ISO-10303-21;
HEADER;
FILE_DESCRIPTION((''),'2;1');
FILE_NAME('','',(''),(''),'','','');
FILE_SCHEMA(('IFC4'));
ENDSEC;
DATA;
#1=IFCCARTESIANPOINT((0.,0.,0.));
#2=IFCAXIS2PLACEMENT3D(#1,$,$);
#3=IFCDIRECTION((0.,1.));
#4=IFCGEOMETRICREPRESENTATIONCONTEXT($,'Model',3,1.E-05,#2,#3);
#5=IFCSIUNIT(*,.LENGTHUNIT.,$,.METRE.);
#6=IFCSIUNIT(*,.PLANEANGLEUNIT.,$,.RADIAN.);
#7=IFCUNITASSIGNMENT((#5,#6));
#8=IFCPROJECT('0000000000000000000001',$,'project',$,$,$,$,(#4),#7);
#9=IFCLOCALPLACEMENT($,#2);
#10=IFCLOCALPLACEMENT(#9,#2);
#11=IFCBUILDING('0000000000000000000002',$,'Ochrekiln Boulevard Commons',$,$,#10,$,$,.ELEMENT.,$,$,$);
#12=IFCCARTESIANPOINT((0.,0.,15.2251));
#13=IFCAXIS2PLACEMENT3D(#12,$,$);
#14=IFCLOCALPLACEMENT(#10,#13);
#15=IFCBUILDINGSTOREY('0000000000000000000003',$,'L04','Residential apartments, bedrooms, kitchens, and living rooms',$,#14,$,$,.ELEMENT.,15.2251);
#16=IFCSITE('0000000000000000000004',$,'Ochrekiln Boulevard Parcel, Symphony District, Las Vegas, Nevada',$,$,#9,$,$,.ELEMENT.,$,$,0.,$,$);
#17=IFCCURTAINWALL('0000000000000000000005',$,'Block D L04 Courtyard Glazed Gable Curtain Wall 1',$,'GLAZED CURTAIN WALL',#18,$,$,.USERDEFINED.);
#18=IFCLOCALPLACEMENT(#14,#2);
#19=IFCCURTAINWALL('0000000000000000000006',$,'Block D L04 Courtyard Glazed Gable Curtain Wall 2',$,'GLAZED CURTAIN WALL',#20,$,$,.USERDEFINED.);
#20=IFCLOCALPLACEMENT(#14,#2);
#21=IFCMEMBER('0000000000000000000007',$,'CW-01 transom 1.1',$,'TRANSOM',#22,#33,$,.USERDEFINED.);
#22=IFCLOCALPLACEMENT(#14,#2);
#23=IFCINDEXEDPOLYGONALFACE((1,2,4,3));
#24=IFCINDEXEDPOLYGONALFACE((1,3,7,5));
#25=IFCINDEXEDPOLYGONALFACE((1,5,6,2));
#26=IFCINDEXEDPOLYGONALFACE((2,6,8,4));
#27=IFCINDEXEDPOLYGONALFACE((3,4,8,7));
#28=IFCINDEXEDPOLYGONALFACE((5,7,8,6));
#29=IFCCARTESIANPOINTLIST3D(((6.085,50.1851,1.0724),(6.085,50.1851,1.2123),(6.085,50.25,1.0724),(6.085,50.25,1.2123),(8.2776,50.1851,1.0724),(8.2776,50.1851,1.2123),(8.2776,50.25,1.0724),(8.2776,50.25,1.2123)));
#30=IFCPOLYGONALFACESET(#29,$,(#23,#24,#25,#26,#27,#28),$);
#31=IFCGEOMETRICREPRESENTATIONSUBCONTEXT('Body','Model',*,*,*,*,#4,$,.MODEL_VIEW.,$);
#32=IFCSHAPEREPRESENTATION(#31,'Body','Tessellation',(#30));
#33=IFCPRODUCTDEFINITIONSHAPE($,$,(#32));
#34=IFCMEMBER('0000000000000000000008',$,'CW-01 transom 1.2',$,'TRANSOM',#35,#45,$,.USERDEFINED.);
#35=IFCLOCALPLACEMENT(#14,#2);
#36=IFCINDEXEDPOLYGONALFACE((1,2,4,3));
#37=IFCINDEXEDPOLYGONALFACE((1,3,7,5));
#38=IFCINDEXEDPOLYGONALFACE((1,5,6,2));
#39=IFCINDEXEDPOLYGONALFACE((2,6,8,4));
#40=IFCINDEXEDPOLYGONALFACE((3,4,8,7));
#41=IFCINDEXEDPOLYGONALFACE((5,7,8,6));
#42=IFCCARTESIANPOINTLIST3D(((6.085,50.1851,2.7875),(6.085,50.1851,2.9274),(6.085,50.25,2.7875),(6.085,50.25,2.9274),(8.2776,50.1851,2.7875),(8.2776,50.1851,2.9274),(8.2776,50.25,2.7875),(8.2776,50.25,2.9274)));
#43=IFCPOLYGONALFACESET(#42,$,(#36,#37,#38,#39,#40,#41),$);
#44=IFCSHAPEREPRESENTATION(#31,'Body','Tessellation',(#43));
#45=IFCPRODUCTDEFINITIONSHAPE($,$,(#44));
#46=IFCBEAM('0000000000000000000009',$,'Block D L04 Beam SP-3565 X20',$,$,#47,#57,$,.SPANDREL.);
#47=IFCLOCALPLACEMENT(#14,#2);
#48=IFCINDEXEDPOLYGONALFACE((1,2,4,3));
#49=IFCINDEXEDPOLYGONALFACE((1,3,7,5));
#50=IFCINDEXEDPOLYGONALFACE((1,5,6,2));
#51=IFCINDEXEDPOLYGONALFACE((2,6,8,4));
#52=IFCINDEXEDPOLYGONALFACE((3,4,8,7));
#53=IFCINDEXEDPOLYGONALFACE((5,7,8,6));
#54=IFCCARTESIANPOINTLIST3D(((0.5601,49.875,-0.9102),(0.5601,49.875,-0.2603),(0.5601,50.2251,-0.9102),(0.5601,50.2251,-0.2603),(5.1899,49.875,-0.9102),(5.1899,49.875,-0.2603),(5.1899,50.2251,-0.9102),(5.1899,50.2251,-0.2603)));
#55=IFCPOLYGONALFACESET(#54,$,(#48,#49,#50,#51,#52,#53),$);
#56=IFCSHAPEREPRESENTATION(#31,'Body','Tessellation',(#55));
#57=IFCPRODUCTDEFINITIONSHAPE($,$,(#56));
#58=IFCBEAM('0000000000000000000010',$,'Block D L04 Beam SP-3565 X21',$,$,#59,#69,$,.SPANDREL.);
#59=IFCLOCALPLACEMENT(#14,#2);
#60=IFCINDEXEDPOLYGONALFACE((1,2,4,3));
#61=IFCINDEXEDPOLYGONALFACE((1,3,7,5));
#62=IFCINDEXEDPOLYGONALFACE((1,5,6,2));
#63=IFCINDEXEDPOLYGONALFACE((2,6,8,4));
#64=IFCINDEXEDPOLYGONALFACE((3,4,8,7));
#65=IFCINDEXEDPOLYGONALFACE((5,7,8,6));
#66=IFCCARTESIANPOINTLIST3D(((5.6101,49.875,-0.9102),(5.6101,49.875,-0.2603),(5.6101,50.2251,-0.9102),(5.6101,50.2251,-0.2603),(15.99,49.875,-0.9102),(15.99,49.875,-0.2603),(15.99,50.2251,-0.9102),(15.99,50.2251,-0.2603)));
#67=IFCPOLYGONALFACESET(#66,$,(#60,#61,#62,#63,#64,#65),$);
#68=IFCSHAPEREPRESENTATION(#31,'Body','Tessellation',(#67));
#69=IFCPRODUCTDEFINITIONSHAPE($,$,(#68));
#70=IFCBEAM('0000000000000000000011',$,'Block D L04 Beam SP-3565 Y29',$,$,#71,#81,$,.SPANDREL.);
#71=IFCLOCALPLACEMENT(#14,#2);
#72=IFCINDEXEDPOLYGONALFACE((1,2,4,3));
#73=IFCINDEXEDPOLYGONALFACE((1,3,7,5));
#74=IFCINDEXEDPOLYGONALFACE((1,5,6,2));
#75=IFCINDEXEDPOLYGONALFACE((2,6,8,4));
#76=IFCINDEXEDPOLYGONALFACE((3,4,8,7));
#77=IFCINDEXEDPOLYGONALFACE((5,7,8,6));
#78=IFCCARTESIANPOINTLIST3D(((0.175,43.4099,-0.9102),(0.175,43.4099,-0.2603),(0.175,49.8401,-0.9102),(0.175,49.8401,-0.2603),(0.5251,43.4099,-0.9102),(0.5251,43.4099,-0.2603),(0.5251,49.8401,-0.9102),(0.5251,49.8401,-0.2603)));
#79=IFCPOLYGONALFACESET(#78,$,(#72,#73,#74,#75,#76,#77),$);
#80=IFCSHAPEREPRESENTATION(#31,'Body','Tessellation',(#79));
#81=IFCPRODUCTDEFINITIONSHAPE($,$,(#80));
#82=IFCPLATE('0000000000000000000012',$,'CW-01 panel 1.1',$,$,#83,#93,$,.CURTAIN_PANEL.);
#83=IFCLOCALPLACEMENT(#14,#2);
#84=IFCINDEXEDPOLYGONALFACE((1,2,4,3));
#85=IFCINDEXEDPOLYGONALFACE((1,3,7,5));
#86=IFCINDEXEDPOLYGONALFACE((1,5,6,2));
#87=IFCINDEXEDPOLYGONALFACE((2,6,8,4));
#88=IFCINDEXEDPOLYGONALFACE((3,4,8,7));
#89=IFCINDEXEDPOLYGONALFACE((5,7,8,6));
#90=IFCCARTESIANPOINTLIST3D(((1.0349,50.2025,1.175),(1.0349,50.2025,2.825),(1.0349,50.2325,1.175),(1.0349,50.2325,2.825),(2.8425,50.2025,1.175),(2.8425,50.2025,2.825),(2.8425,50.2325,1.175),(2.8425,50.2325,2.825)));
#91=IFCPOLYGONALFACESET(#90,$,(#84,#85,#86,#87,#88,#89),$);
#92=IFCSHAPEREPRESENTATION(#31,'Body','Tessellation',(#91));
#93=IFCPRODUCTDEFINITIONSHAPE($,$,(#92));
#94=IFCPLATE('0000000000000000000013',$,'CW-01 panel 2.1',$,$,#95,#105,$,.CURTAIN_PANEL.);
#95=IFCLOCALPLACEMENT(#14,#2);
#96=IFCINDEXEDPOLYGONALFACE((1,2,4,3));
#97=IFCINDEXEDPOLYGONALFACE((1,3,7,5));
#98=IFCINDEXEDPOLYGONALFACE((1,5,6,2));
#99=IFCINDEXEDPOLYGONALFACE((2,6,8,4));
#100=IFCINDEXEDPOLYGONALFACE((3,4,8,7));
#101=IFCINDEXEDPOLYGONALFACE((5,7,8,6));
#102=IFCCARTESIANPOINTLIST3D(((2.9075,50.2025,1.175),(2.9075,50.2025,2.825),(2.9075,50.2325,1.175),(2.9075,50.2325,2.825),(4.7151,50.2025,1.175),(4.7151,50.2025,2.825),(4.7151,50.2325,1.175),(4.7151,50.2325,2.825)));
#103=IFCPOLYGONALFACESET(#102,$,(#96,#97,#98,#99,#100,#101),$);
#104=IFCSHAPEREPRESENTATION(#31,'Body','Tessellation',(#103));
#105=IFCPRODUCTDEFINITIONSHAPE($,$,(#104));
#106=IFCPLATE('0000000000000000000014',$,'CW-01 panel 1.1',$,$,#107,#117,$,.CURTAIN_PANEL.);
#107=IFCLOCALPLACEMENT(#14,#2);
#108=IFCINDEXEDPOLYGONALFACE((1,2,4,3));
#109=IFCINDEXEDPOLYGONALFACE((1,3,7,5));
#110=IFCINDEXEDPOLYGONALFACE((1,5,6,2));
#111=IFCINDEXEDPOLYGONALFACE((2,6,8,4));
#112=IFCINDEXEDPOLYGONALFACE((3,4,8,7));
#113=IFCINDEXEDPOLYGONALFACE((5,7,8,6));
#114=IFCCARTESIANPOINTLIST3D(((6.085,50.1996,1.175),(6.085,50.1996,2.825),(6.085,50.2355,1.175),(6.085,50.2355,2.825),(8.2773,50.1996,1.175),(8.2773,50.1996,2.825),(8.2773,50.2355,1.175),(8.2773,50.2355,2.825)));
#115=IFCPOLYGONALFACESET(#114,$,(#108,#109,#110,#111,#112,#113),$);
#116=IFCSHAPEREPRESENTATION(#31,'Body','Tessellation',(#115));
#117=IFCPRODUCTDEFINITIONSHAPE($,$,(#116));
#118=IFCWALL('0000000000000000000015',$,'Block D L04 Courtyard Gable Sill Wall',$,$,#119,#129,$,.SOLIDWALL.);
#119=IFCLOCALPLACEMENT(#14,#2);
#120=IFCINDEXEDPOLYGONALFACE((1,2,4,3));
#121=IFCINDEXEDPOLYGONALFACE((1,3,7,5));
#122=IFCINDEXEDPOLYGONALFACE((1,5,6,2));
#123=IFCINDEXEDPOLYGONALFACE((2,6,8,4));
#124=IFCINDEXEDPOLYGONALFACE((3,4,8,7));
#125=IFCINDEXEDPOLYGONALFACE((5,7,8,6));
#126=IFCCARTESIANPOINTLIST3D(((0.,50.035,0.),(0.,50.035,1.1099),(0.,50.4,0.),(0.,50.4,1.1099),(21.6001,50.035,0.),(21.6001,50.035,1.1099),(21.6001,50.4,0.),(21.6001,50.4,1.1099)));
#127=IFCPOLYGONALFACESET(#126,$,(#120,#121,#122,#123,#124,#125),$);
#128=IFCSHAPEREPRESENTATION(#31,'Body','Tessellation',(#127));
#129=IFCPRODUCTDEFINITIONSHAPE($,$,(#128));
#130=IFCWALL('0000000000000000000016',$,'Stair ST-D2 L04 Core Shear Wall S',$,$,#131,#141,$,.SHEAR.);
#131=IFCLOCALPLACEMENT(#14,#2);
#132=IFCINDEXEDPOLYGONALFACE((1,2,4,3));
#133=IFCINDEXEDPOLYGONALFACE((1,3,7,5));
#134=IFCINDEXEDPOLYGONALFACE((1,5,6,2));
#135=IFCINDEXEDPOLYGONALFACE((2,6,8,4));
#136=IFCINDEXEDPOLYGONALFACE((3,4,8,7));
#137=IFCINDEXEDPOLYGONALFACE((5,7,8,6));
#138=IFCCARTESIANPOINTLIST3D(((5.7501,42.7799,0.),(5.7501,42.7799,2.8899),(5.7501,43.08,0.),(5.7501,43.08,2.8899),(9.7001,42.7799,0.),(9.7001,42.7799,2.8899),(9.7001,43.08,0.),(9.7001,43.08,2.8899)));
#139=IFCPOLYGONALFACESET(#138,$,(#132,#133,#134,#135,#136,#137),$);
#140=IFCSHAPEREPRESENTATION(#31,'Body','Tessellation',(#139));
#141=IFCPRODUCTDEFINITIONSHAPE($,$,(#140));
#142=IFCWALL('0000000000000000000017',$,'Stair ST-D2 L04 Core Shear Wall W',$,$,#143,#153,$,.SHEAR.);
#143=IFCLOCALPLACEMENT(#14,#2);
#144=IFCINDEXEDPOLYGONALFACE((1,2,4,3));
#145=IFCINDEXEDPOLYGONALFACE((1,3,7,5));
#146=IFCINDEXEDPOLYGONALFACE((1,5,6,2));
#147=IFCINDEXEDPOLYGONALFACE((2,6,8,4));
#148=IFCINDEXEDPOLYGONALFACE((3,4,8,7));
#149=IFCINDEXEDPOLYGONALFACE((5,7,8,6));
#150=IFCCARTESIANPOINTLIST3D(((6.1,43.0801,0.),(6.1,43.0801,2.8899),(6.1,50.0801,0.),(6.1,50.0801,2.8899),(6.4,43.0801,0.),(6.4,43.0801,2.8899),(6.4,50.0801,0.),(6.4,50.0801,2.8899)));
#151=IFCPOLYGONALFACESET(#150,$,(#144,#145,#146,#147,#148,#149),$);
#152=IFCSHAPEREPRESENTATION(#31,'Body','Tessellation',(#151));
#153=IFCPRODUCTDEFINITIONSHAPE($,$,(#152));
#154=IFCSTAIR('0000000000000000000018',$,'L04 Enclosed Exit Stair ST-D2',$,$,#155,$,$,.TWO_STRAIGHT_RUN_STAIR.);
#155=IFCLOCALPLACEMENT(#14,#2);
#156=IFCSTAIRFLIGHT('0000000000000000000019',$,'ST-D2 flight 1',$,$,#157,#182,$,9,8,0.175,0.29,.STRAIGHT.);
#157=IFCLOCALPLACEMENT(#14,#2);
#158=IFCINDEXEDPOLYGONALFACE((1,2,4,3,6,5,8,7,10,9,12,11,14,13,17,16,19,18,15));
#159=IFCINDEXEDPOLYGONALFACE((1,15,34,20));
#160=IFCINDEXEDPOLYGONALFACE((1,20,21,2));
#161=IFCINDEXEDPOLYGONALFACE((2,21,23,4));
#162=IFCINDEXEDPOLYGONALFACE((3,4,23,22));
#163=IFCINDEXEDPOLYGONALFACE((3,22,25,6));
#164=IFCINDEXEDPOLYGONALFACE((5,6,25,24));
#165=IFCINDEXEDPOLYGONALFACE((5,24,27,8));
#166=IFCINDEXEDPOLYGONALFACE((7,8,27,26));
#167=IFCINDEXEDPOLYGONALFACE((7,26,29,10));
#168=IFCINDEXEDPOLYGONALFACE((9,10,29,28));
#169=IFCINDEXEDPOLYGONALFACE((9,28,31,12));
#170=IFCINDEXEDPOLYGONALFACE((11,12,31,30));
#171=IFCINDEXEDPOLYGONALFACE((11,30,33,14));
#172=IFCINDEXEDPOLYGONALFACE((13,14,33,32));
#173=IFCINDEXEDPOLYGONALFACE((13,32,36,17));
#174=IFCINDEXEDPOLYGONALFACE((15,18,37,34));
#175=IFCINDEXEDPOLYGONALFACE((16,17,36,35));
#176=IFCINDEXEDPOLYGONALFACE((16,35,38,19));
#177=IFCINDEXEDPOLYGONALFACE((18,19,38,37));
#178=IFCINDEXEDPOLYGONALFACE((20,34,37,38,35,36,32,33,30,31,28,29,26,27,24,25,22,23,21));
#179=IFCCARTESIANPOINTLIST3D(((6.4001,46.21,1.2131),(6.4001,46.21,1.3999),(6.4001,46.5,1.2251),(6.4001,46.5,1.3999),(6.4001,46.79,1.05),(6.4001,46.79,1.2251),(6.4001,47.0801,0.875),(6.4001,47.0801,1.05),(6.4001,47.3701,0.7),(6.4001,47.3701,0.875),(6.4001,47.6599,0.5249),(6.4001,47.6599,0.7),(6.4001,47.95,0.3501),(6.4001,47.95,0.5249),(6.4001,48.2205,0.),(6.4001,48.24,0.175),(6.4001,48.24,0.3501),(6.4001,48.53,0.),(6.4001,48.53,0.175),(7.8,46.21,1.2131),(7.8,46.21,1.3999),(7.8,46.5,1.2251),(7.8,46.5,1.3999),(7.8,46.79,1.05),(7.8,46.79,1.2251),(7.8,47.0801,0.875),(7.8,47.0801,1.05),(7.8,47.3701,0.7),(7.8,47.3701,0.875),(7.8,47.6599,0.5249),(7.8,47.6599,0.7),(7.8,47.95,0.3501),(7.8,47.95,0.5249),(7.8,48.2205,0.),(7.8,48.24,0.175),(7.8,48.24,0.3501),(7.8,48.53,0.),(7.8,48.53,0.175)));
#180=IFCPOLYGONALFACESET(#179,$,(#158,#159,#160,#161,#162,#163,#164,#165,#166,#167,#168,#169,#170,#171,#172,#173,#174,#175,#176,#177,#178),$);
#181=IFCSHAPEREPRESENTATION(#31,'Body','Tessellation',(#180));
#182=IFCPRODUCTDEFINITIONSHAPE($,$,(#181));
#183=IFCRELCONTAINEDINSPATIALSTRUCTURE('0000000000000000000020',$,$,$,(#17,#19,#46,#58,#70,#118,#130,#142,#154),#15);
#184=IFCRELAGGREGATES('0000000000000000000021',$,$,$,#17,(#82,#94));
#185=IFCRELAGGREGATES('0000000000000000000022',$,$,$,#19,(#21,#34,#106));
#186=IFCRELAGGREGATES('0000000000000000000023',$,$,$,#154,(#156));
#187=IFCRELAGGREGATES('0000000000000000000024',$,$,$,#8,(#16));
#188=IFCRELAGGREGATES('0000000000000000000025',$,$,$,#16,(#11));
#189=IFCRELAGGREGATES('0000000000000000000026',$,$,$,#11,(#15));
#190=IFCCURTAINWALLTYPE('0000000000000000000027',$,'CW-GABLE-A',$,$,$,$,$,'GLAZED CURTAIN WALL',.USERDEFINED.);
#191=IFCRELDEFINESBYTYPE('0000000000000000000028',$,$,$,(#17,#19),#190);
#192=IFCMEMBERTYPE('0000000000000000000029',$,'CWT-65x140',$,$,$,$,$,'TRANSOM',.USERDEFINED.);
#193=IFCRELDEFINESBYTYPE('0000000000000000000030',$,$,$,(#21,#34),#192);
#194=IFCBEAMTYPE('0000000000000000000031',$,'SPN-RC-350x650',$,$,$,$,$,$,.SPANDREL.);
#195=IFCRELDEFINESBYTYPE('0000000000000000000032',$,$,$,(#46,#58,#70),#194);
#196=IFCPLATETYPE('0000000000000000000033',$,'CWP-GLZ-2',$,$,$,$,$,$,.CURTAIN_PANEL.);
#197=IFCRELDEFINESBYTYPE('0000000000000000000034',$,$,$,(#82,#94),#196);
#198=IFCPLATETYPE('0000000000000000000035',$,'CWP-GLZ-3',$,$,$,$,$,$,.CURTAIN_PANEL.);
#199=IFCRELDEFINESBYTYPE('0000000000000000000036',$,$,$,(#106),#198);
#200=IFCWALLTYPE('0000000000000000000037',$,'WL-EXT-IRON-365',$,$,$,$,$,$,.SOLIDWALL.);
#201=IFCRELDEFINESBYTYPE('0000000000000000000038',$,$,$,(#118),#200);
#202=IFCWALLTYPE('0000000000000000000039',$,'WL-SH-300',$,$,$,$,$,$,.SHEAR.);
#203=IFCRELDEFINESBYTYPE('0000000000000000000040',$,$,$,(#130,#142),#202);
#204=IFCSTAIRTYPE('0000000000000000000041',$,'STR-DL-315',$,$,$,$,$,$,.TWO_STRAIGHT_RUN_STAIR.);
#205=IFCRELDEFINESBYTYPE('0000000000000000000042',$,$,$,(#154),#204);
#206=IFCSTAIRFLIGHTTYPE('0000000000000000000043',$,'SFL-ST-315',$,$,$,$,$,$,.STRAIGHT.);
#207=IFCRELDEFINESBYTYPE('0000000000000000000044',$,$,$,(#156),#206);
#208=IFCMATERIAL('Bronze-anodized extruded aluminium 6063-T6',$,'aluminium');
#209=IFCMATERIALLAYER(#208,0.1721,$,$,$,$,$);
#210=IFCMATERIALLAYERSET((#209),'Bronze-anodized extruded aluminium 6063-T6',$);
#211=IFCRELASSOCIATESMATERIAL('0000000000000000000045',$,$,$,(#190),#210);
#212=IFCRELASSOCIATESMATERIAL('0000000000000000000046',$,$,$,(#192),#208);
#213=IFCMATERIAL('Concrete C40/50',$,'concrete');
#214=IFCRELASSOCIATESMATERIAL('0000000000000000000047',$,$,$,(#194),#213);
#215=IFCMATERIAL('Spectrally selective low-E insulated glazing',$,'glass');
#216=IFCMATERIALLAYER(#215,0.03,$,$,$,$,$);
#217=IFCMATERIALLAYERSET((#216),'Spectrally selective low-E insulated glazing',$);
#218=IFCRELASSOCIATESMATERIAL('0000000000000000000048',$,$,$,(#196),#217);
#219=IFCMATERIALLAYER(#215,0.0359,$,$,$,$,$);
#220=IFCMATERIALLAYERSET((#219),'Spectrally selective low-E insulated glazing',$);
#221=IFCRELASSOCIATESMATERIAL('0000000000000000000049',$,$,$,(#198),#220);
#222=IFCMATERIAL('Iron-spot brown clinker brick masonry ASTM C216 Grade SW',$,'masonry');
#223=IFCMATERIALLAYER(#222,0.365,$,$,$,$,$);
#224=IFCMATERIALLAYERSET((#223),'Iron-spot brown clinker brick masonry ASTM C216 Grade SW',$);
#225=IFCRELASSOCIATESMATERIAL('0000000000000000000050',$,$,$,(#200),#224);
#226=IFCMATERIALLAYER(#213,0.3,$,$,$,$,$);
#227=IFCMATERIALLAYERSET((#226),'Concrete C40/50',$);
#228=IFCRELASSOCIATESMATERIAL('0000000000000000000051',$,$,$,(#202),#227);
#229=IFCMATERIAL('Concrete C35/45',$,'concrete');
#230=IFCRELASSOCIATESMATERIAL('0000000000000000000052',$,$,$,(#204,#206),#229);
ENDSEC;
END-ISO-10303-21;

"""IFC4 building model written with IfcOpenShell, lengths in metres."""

from ifc_helpers import new_model, si_unit, direction, frame, frame_2d, origin, origin_2d, place, context, subcontext, project, spatial, polyline, rectangle, outline, extrude, material, layer, layer_set, material_profile, profile_set, type_object, element, aggregate, save


model = new_model("IFC4")

# Units and contexts
model_context = context("Model", 3, precision=1e-05, world=origin(), true_north=direction((0.0, 1.0)))
body_context = subcontext(model_context, "Body", "Model", "MODEL_VIEW")
ifc_project = project(units=[si_unit("LENGTHUNIT", "METRE"), si_unit("PLANEANGLEUNIT", "RADIAN")], contexts=[model_context])

# Site, building, storey
site_placement = place(None, origin())
site = spatial("IfcSite", under=ifc_project, at=site_placement, Name="Ochrekiln Boulevard Parcel, Symphony District, Las Vegas, Nevada", CompositionType="ELEMENT", RefElevation=0.0)
building_placement = place(site_placement, origin())
building = spatial("IfcBuilding", under=site, at=building_placement, Name="Ochrekiln Boulevard Commons", CompositionType="ELEMENT")
storey_placement = place(building_placement, frame((0.0, 0.0, 15.2251)))
storey = spatial("IfcBuildingStorey", under=building, at=storey_placement, Name="L04", Description="Residential apartments, bedrooms, kitchens, and living rooms", CompositionType="ELEMENT", Elevation=15.2251)

# Shared definitions
ifc_material_1 = material(Name="Concrete C40/50", Category="concrete")

# Shared definitions
ifc_material_2 = material(Name="Concrete C35/45", Category="concrete")

# Curtain walls
ifc_material_3 = material(Name="Bronze-anodized extruded aluminium 6063-T6", Category="aluminium")
ifc_layer_1 = layer(ifc_material_3, 0.1721)
ifc_layer_set_1 = layer_set([ifc_layer_1], Name="Bronze-anodized extruded aluminium 6063-T6")
curtain_wall_type = type_object("IfcCurtainWallType", Name="CW-GABLE-A", ElementType="GLAZED CURTAIN WALL", PredefinedType="USERDEFINED", material=ifc_layer_set_1)
curtain_wall_1_placement = place(storey_placement, origin())
curtain_wall_1 = element("IfcCurtainWall", 1, at=curtain_wall_1_placement, inside=storey, type_object=curtain_wall_type, Name="Block D L04 Courtyard Glazed Gable Curtain Wall 1", ObjectType="GLAZED CURTAIN WALL", PredefinedType="USERDEFINED")
curtain_wall_2_placement = place(storey_placement, origin())
curtain_wall_2 = element("IfcCurtainWall", 2, at=curtain_wall_2_placement, inside=storey, type_object=curtain_wall_type, Name="Block D L04 Courtyard Glazed Gable Curtain Wall 2", ObjectType="GLAZED CURTAIN WALL", PredefinedType="USERDEFINED")

# Members
ifc_material_profile_1 = material_profile(ifc_material_3, rectangle(XDim=0.0649, YDim=0.1399, at=origin_2d()), Name="ALU-TRN-65x140")
ifc_profile_set_1 = profile_set([ifc_material_profile_1], Name="Bronze-anodized extruded aluminium 6063-T6")
member_type_1 = type_object("IfcMemberType", Name="CWT-65x140", ElementType="TRANSOM", PredefinedType="USERDEFINED", material=ifc_profile_set_1)
member_1_placement = place(storey_placement, frame((6.085, 50.2175, 1.1423), z_axis=(1.0, 0.0, 0.0), x_axis=(0.0, 1.0, 0.0)))
member_1 = element("IfcMember", 3, at=member_1_placement, type_object=member_type_1, Name="CW-01 transom 1.1", ObjectType="TRANSOM", PredefinedType="USERDEFINED", context=body_context, shape_type="SweptSolid", body=[
    extrude(rectangle(XDim=0.0649, YDim=0.1399, at=origin_2d()), origin(), (0.0, 0.0, 1.0), 2.1926),
])
member_2_placement = place(storey_placement, frame((6.085, 50.2175, 2.8574), z_axis=(1.0, 0.0, 0.0), x_axis=(0.0, 1.0, 0.0)))
member_2 = element("IfcMember", 4, at=member_2_placement, type_object=member_type_1, Name="CW-01 transom 1.2", ObjectType="TRANSOM", PredefinedType="USERDEFINED", context=body_context, shape_type="SweptSolid", body=[
    extrude(rectangle(XDim=0.0649, YDim=0.1399, at=origin_2d()), origin(), (0.0, 0.0, 1.0), 2.1926),
])

# Beams
ifc_material_profile_2 = material_profile(ifc_material_1, rectangle(XDim=0.3501, YDim=0.6499, at=origin_2d()), Name="RC-SPN-350x650")
ifc_profile_set_2 = profile_set([ifc_material_profile_2], Name="Concrete C40/50")
beam_type_1 = type_object("IfcBeamType", Name="SPN-RC-350x650", PredefinedType="SPANDREL", material=ifc_profile_set_2)
beam_1_placement = place(storey_placement, frame((0.5601, 50.05, -0.5852), z_axis=(1.0, 0.0, 0.0), x_axis=(0.0, 1.0, 0.0)))
element("IfcBeam", 5, at=beam_1_placement, inside=storey, type_object=beam_type_1, Name="Block D L04 Beam SP-3565 X20", PredefinedType="SPANDREL", context=body_context, shape_type="SweptSolid", body=[
    extrude(rectangle(XDim=0.3501, YDim=0.6499, at=origin_2d()), origin(), (0.0, 0.0, 1.0), 4.6299),
])
beam_2_placement = place(storey_placement, frame((5.6101, 50.05, -0.5852), z_axis=(1.0, 0.0, 0.0), x_axis=(0.0, 1.0, 0.0)))
element("IfcBeam", 6, at=beam_2_placement, inside=storey, type_object=beam_type_1, Name="Block D L04 Beam SP-3565 X21", PredefinedType="SPANDREL", context=body_context, shape_type="SweptSolid", body=[
    extrude(rectangle(XDim=0.3501, YDim=0.6499, at=origin_2d()), origin(), (0.0, 0.0, 1.0), 10.3799),
])
beam_3_placement = place(storey_placement, frame((0.3501, 43.4099, -0.5852), z_axis=(0.0, 1.0, 0.0), x_axis=(-1.0, 0.0, 0.0)))
element("IfcBeam", 7, at=beam_3_placement, inside=storey, type_object=beam_type_1, Name="Block D L04 Beam SP-3565 Y29", PredefinedType="SPANDREL", context=body_context, shape_type="SweptSolid", body=[
    extrude(rectangle(XDim=0.3501, YDim=0.6499, at=origin_2d()), origin(), (0.0, 0.0, 1.0), 6.4302),
])

# Plates
ifc_material_4 = material(Name="Spectrally selective low-E insulated glazing", Category="glass")
ifc_layer_2 = layer(ifc_material_4, 0.03)
ifc_layer_set_2 = layer_set([ifc_layer_2], Name="Spectrally selective low-E insulated glazing")
plate_type_1 = type_object("IfcPlateType", Name="CWP-GLZ-2", PredefinedType="CURTAIN_PANEL", material=ifc_layer_set_2)
plate_1_placement = place(storey_placement, frame((1.9387, 50.2175, 1.175), z_axis=(0.0, 0.0, 1.0), x_axis=(1.0, 0.0, 0.0)))
plate_1 = element("IfcPlate", 8, at=plate_1_placement, type_object=plate_type_1, Name="CW-01 panel 1.1", PredefinedType="CURTAIN_PANEL", context=body_context, shape_type="SweptSolid", body=[
    extrude(rectangle(XDim=1.8076, YDim=0.03, at=origin_2d()), origin(), (0.0, 0.0, 1.0), 1.6499),
])
plate_2_placement = place(storey_placement, frame((3.8113, 50.2175, 1.175), z_axis=(0.0, 0.0, 1.0), x_axis=(1.0, 0.0, 0.0)))
plate_2 = element("IfcPlate", 9, at=plate_2_placement, type_object=plate_type_1, Name="CW-01 panel 2.1", PredefinedType="CURTAIN_PANEL", context=body_context, shape_type="SweptSolid", body=[
    extrude(rectangle(XDim=1.8076, YDim=0.03, at=origin_2d()), origin(), (0.0, 0.0, 1.0), 1.6499),
])
aggregate(curtain_wall_1, [plate_1, plate_2])
ifc_layer_3 = layer(ifc_material_4, 0.0359)
ifc_layer_set_3 = layer_set([ifc_layer_3], Name="Spectrally selective low-E insulated glazing")
plate_type_2 = type_object("IfcPlateType", Name="CWP-GLZ-3", PredefinedType="CURTAIN_PANEL", material=ifc_layer_set_3)
plate_3_placement = place(storey_placement, frame((7.1812, 50.2175, 1.175), z_axis=(0.0, 0.0, 1.0), x_axis=(1.0, 0.0, 0.0)))
plate_3 = element("IfcPlate", 10, at=plate_3_placement, type_object=plate_type_2, Name="CW-01 panel 1.1", PredefinedType="CURTAIN_PANEL", context=body_context, shape_type="SweptSolid", body=[
    extrude(rectangle(XDim=2.1924, YDim=0.0359, at=origin_2d()), origin(), (0.0, 0.0, 1.0), 1.6499),
])
aggregate(curtain_wall_2, [member_1, member_2, plate_3])

# Walls
ifc_material_5 = material(Name="Iron-spot brown clinker brick masonry ASTM C216 Grade SW", Category="masonry")
ifc_layer_4 = layer(ifc_material_5, 0.365)
ifc_layer_set_4 = layer_set([ifc_layer_4], Name="Iron-spot brown clinker brick masonry ASTM C216 Grade SW")
wall_type_1 = type_object("IfcWallType", Name="WL-EXT-IRON-365", PredefinedType="SOLIDWALL", material=ifc_layer_set_4)
wall_1_placement = place(storey_placement, frame((0.0, 50.2175, 0.0), z_axis=(0.0, 0.0, 1.0), x_axis=(1.0, 0.0, 0.0)))
element("IfcWall", 11, at=wall_1_placement, inside=storey, type_object=wall_type_1, Name="Block D L04 Courtyard Gable Sill Wall", PredefinedType="SOLIDWALL", context=body_context, shape_type="SweptSolid", body=[
    extrude(rectangle(XDim=21.6001, YDim=0.365, at=frame_2d((10.8, 0.0))), origin(), (0.0, 0.0, 1.0), 1.1099),
])
ifc_layer_5 = layer(ifc_material_1, 0.3)
ifc_layer_set_5 = layer_set([ifc_layer_5], Name="Concrete C40/50")
wall_type_2 = type_object("IfcWallType", Name="WL-SH-300", PredefinedType="SHEAR", material=ifc_layer_set_5)
wall_2_placement = place(storey_placement, frame((5.75, 42.9299, 0.0), z_axis=(0.0, 0.0, 1.0), x_axis=(1.0, 0.0, 0.0)))
element("IfcWall", 12, at=wall_2_placement, inside=storey, type_object=wall_type_2, Name="Stair ST-D2 L04 Core Shear Wall S", PredefinedType="SHEAR", context=body_context, shape_type="SweptSolid", body=[
    extrude(rectangle(XDim=3.95, YDim=0.3, at=frame_2d((1.9751, 0.0))), origin(), (0.0, 0.0, 1.0), 2.8899),
])
wall_3_placement = place(storey_placement, frame((6.25, 43.0801, 0.0), z_axis=(0.0, 0.0, 1.0), x_axis=(0.0, 1.0, 0.0)))
element("IfcWall", 13, at=wall_3_placement, inside=storey, type_object=wall_type_2, Name="Stair ST-D2 L04 Core Shear Wall W", PredefinedType="SHEAR", context=body_context, shape_type="SweptSolid", body=[
    extrude(rectangle(XDim=7.0, YDim=0.3, at=frame_2d((3.5, 0.0))), origin(), (0.0, 0.0, 1.0), 2.8899),
])

# Stair, stair flight
stair_type = type_object("IfcStairType", Name="STR-DL-315", PredefinedType="TWO_STRAIGHT_RUN_STAIR", material=ifc_material_2)
stair_placement = place(storey_placement, origin())
stair = element("IfcStair", 14, at=stair_placement, inside=storey, type_object=stair_type, Name="L04 Enclosed Exit Stair ST-D2", PredefinedType="TWO_STRAIGHT_RUN_STAIR")
stair_flight_type = type_object("IfcStairFlightType", Name="SFL-ST-315", PredefinedType="STRAIGHT", material=ifc_material_2)
stair_flight_placement = place(storey_placement, frame((7.1001, 48.53, 0.0), z_axis=(0.0, 0.0, 1.0), x_axis=(0.0, -1.0, 0.0)))
stair_flight = element("IfcStairFlight", 15, at=stair_flight_placement, type_object=stair_flight_type, Name="ST-D2 flight 1", NumberOfRisers=9, NumberOfTreads=8, PredefinedType="STRAIGHT", RiserHeight=0.175, TreadLength=0.29, context=body_context, shape_type="SweptSolid", body=[
    extrude(outline(polyline([(0.0, 0.0), (0.0, 0.175), (0.29, 0.175), (0.29, 0.3501), (0.5801, 0.3501), (0.5801, 0.5249), (0.8701, 0.5249), (0.8701, 0.7), (1.1599, 0.7), (1.1599, 0.875), (1.45, 0.875), (1.45, 1.05), (1.74, 1.05), (1.74, 1.2251), (2.03, 1.2251), (2.03, 1.3999), (2.3201, 1.3999), (2.3201, 1.575), (2.3201, 1.2131), (0.3096, 0.0), (0.0, 0.0)])), frame((0.0, 0.7, 0.0), z_axis=(0.0, -1.0, 0.0), x_axis=(1.0, 0.0, 0.0)), (0.0, 0.0, 1.0), 1.3999),
])
aggregate(stair, [stair_flight])

save(model, "model.ifc")
